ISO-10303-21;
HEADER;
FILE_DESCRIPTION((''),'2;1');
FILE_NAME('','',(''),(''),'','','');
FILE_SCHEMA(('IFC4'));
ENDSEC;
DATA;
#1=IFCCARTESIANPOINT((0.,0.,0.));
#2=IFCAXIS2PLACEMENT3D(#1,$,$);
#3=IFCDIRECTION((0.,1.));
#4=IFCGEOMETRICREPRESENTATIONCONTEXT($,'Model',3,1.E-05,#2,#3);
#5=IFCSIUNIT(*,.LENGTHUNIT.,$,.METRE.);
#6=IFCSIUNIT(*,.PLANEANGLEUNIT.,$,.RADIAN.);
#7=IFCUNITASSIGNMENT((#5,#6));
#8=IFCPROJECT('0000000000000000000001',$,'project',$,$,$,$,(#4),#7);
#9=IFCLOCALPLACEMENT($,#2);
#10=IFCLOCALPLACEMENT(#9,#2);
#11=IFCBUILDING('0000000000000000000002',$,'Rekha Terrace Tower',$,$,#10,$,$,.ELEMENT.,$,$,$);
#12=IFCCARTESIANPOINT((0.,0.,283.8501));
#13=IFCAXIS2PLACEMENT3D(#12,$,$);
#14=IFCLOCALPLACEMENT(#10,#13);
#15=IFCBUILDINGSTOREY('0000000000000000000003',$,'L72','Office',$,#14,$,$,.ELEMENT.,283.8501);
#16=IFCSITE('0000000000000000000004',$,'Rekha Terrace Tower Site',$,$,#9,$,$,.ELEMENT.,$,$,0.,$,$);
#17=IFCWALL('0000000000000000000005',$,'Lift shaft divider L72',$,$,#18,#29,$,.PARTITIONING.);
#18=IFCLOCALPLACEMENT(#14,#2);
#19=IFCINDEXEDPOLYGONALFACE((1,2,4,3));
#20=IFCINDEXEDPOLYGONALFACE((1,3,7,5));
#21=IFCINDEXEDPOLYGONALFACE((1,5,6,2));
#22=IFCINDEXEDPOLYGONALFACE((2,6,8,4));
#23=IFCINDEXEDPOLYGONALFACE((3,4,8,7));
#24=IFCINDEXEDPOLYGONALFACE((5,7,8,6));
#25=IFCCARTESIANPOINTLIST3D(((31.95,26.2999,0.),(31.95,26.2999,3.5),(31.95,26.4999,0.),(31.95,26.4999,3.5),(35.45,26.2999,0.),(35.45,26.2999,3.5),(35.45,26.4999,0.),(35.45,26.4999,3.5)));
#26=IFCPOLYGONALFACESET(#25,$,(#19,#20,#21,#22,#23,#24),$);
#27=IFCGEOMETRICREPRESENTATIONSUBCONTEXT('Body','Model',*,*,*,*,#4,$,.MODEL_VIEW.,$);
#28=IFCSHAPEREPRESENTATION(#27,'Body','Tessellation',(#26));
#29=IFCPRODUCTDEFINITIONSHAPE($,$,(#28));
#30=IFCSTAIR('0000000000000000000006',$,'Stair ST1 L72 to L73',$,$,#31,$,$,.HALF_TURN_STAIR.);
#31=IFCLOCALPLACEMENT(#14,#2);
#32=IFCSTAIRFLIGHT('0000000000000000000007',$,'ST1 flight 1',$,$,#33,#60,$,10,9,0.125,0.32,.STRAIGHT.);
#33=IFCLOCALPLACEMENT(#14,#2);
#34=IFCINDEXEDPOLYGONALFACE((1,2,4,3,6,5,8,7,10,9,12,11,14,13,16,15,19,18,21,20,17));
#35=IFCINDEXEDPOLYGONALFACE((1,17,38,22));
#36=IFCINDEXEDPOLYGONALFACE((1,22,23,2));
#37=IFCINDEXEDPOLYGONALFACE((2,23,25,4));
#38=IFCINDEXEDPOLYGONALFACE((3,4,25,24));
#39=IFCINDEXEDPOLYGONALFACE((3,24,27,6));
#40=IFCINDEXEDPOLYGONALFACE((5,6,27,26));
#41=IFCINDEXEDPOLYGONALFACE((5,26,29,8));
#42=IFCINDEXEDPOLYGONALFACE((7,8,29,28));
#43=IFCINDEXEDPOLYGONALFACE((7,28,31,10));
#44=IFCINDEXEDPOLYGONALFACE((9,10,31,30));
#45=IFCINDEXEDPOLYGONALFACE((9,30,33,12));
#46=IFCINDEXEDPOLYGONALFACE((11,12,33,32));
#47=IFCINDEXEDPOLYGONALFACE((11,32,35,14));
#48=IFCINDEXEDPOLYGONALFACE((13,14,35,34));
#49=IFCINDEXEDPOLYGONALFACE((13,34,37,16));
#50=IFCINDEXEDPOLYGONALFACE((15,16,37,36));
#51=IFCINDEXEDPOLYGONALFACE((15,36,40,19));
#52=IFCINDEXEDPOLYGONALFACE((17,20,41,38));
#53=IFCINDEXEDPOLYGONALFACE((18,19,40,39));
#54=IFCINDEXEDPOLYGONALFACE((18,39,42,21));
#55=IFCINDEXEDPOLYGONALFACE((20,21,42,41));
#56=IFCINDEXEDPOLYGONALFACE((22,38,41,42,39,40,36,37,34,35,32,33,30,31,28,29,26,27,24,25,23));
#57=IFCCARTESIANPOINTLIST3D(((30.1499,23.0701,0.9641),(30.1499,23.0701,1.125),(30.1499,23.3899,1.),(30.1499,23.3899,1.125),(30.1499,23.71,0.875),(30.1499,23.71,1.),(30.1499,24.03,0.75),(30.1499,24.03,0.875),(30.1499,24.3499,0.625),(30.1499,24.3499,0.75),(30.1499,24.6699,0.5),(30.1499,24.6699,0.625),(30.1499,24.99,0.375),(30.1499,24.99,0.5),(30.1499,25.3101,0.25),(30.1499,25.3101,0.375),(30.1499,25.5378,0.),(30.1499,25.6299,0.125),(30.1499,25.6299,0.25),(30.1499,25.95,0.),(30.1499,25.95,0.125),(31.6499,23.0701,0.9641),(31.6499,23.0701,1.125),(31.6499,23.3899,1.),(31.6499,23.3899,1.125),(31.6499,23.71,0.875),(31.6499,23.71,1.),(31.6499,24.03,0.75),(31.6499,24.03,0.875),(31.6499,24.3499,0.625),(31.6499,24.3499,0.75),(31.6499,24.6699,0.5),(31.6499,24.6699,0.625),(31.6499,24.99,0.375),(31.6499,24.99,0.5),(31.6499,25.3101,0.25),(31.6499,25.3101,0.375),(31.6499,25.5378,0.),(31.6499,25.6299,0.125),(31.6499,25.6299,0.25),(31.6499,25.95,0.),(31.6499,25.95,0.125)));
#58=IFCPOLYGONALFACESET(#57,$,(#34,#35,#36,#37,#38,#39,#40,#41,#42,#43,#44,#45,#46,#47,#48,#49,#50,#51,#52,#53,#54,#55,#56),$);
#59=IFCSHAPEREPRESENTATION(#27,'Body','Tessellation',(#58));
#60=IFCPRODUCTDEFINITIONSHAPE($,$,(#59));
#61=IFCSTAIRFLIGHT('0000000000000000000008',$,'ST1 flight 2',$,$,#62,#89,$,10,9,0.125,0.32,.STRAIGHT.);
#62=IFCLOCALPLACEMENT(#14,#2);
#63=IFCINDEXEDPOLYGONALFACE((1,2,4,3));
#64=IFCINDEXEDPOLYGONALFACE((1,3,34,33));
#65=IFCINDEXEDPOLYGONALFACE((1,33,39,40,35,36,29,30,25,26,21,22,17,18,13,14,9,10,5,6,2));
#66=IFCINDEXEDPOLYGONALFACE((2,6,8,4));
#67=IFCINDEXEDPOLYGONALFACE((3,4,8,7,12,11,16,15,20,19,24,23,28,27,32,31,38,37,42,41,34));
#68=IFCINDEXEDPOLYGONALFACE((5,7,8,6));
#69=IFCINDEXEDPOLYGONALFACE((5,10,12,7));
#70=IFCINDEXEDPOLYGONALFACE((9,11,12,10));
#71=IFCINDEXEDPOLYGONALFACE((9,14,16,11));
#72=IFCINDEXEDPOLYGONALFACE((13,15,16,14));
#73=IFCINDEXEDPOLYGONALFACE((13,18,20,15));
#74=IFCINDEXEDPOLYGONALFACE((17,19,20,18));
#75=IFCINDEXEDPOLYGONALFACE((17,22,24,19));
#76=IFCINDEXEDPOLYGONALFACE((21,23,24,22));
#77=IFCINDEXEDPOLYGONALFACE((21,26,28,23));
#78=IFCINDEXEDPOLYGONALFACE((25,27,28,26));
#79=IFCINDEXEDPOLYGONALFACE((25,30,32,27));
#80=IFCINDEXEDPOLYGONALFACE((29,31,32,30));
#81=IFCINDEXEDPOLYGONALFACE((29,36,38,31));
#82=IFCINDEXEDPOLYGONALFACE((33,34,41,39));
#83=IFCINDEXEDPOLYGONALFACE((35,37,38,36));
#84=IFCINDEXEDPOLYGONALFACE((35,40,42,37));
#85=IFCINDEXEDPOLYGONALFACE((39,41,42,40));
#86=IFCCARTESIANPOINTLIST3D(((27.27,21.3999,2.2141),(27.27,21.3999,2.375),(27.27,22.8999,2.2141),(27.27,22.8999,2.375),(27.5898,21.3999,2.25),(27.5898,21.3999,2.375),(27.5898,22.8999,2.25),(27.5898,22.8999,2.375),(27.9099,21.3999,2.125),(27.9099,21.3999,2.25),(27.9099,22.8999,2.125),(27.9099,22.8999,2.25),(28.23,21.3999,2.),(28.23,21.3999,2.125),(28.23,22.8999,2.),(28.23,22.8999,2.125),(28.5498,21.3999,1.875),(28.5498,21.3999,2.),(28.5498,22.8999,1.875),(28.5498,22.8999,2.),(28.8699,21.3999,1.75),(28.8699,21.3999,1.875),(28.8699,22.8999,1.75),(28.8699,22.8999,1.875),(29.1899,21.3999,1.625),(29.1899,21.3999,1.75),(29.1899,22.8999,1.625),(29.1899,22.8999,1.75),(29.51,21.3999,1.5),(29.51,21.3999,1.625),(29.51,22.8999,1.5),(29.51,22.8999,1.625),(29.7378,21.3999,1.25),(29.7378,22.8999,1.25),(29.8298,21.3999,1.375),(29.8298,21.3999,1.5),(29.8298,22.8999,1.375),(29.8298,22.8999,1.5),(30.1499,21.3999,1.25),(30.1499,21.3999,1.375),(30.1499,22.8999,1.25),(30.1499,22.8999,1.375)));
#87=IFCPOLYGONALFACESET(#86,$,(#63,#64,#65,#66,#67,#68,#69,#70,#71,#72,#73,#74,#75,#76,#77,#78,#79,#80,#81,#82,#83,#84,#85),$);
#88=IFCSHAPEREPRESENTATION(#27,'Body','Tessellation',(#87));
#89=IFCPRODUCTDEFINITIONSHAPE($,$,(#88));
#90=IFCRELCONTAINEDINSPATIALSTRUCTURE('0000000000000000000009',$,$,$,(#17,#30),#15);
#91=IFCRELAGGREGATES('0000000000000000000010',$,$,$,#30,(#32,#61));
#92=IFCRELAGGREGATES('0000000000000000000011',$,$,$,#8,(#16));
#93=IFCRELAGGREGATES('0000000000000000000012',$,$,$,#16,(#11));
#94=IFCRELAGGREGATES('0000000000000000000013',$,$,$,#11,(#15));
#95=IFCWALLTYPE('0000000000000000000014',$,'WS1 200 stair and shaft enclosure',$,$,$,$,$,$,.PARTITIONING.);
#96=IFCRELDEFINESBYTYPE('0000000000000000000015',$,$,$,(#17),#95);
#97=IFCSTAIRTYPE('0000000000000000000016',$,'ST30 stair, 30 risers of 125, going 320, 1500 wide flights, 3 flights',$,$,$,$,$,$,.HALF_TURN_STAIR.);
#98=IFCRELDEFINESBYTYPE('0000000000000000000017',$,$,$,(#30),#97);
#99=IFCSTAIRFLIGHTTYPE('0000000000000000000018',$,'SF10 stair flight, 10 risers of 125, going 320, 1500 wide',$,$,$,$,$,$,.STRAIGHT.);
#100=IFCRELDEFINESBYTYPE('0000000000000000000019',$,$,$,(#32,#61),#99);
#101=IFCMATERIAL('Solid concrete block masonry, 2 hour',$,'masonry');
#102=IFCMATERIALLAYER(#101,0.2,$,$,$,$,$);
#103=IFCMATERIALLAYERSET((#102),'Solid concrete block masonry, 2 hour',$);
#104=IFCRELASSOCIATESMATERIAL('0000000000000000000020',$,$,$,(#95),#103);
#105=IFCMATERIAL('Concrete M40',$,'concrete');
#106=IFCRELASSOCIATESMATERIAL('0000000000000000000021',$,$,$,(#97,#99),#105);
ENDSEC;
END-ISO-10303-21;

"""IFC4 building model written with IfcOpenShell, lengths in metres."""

from ifc_helpers import new_model, si_unit, direction, frame, frame_2d, origin, place, context, subcontext, project, spatial, polyline, rectangle, outline, extrude, material, layer, layer_set, type_object, element, aggregate, save


model = new_model("IFC4")

# Units and contexts
model_context = context("Model", 3, precision=1e-05, world=origin(), true_north=direction((0.0, 1.0)))
body_context = subcontext(model_context, "Body", "Model", "MODEL_VIEW")
ifc_project = project(units=[si_unit("LENGTHUNIT", "METRE"), si_unit("PLANEANGLEUNIT", "RADIAN")], contexts=[model_context])

# Site, building, storey
site_placement = place(None, origin())
site = spatial("IfcSite", under=ifc_project, at=site_placement, Name="Rekha Terrace Tower Site", CompositionType="ELEMENT", RefElevation=0.0)
building_placement = place(site_placement, origin())
building = spatial("IfcBuilding", under=site, at=building_placement, Name="Rekha Terrace Tower", CompositionType="ELEMENT")
storey_placement = place(building_placement, frame((0.0, 0.0, 283.8501)))
storey = spatial("IfcBuildingStorey", under=building, at=storey_placement, Name="L72", Description="Office", CompositionType="ELEMENT", Elevation=283.8501)

# Wall
ifc_material_1 = material(Name="Solid concrete block masonry, 2 hour", Category="masonry")
ifc_layer_1 = layer(ifc_material_1, 0.2)
ifc_layer_set_1 = layer_set([ifc_layer_1], Name="Solid concrete block masonry, 2 hour")
wall_type_1 = type_object("IfcWallType", Name="WS1 200 stair and shaft enclosure", PredefinedType="PARTITIONING", material=ifc_layer_set_1)
wall_1_placement = place(storey_placement, frame((31.95, 26.3999, 0.0), z_axis=(0.0, 0.0, 1.0), x_axis=(1.0, 0.0, 0.0)))
element("IfcWall", 1, at=wall_1_placement, inside=storey, type_object=wall_type_1, Name="Lift shaft divider L72", PredefinedType="PARTITIONING", context=body_context, shape_type="SweptSolid", body=[
    extrude(rectangle(XDim=3.5, YDim=0.2, at=frame_2d((1.75, 0.0))), origin(), (0.0, 0.0, 1.0), 3.5),
])

# Stair, stair flights
ifc_material_2 = material(Name="Concrete M40", Category="concrete")
stair_type = type_object("IfcStairType", Name="ST30 stair, 30 risers of 125, going 320, 1500 wide flights, 3 flights", PredefinedType="HALF_TURN_STAIR", material=ifc_material_2)
stair_placement = place(storey_placement, origin())
stair = element("IfcStair", 2, at=stair_placement, inside=storey, type_object=stair_type, Name="Stair ST1 L72 to L73", PredefinedType="HALF_TURN_STAIR")
stair_flight_type = type_object("IfcStairFlightType", Name="SF10 stair flight, 10 risers of 125, going 320, 1500 wide", PredefinedType="STRAIGHT", material=ifc_material_2)
stair_flight_1_placement = place(storey_placement, frame((30.8999, 25.95, 0.0), z_axis=(0.0, 0.0, 1.0), x_axis=(0.0, -1.0, 0.0)))
stair_flight_1 = element("IfcStairFlight", 3, at=stair_flight_1_placement, type_object=stair_flight_type, Name="ST1 flight 1", NumberOfRisers=10, NumberOfTreads=9, PredefinedType="STRAIGHT", RiserHeight=0.125, TreadLength=0.32, context=body_context, shape_type="SweptSolid", body=[
    extrude(outline(polyline([(0.0, 0.0), (0.0, 0.125), (0.3201, 0.125), (0.3201, 0.25), (0.6399, 0.25), (0.6399, 0.375), (0.96, 0.375), (0.96, 0.5), (1.28, 0.5), (1.28, 0.625), (1.6001, 0.625), (1.6001, 0.75), (1.9199, 0.75), (1.9199, 0.875), (2.24, 0.875), (2.24, 1.0), (2.5601, 1.0), (2.5601, 1.125), (2.8799, 1.125), (2.8799, 1.25), (2.8799, 0.9641), (0.4121, 0.0), (0.0, 0.0)])), frame((0.0, 0.75, 0.0), z_axis=(0.0, -1.0, 0.0), x_axis=(1.0, 0.0, 0.0)), (0.0, 0.0, 1.0), 1.5),
])
stair_flight_2_placement = place(storey_placement, frame((30.1499, 22.1499, 1.25), z_axis=(0.0, 0.0, 1.0), x_axis=(-1.0, 0.0, 0.0)))
stair_flight_2 = element("IfcStairFlight", 4, at=stair_flight_2_placement, type_object=stair_flight_type, Name="ST1 flight 2", NumberOfRisers=10, NumberOfTreads=9, PredefinedType="STRAIGHT", RiserHeight=0.125, TreadLength=0.32, context=body_context, shape_type="SweptSolid", body=[
    extrude(outline(polyline([(0.0, 0.0), (0.0, 0.125), (0.3201, 0.125), (0.3201, 0.25), (0.6399, 0.25), (0.6399, 0.375), (0.96, 0.375), (0.96, 0.5), (1.28, 0.5), (1.28, 0.625), (1.6001, 0.625), (1.6001, 0.75), (1.9199, 0.75), (1.9199, 0.875), (2.24, 0.875), (2.24, 1.0), (2.5601, 1.0), (2.5601, 1.125), (2.8799, 1.125), (2.8799, 1.25), (2.8799, 0.9641), (0.4121, 0.0), (0.0, 0.0)])), frame((0.0, 0.75, 0.0), z_axis=(0.0, -1.0, 0.0), x_axis=(1.0, 0.0, 0.0)), (0.0, 0.0, 1.0), 1.5),
])
aggregate(stair, [stair_flight_1, stair_flight_2])

save(model, "model.ifc")
